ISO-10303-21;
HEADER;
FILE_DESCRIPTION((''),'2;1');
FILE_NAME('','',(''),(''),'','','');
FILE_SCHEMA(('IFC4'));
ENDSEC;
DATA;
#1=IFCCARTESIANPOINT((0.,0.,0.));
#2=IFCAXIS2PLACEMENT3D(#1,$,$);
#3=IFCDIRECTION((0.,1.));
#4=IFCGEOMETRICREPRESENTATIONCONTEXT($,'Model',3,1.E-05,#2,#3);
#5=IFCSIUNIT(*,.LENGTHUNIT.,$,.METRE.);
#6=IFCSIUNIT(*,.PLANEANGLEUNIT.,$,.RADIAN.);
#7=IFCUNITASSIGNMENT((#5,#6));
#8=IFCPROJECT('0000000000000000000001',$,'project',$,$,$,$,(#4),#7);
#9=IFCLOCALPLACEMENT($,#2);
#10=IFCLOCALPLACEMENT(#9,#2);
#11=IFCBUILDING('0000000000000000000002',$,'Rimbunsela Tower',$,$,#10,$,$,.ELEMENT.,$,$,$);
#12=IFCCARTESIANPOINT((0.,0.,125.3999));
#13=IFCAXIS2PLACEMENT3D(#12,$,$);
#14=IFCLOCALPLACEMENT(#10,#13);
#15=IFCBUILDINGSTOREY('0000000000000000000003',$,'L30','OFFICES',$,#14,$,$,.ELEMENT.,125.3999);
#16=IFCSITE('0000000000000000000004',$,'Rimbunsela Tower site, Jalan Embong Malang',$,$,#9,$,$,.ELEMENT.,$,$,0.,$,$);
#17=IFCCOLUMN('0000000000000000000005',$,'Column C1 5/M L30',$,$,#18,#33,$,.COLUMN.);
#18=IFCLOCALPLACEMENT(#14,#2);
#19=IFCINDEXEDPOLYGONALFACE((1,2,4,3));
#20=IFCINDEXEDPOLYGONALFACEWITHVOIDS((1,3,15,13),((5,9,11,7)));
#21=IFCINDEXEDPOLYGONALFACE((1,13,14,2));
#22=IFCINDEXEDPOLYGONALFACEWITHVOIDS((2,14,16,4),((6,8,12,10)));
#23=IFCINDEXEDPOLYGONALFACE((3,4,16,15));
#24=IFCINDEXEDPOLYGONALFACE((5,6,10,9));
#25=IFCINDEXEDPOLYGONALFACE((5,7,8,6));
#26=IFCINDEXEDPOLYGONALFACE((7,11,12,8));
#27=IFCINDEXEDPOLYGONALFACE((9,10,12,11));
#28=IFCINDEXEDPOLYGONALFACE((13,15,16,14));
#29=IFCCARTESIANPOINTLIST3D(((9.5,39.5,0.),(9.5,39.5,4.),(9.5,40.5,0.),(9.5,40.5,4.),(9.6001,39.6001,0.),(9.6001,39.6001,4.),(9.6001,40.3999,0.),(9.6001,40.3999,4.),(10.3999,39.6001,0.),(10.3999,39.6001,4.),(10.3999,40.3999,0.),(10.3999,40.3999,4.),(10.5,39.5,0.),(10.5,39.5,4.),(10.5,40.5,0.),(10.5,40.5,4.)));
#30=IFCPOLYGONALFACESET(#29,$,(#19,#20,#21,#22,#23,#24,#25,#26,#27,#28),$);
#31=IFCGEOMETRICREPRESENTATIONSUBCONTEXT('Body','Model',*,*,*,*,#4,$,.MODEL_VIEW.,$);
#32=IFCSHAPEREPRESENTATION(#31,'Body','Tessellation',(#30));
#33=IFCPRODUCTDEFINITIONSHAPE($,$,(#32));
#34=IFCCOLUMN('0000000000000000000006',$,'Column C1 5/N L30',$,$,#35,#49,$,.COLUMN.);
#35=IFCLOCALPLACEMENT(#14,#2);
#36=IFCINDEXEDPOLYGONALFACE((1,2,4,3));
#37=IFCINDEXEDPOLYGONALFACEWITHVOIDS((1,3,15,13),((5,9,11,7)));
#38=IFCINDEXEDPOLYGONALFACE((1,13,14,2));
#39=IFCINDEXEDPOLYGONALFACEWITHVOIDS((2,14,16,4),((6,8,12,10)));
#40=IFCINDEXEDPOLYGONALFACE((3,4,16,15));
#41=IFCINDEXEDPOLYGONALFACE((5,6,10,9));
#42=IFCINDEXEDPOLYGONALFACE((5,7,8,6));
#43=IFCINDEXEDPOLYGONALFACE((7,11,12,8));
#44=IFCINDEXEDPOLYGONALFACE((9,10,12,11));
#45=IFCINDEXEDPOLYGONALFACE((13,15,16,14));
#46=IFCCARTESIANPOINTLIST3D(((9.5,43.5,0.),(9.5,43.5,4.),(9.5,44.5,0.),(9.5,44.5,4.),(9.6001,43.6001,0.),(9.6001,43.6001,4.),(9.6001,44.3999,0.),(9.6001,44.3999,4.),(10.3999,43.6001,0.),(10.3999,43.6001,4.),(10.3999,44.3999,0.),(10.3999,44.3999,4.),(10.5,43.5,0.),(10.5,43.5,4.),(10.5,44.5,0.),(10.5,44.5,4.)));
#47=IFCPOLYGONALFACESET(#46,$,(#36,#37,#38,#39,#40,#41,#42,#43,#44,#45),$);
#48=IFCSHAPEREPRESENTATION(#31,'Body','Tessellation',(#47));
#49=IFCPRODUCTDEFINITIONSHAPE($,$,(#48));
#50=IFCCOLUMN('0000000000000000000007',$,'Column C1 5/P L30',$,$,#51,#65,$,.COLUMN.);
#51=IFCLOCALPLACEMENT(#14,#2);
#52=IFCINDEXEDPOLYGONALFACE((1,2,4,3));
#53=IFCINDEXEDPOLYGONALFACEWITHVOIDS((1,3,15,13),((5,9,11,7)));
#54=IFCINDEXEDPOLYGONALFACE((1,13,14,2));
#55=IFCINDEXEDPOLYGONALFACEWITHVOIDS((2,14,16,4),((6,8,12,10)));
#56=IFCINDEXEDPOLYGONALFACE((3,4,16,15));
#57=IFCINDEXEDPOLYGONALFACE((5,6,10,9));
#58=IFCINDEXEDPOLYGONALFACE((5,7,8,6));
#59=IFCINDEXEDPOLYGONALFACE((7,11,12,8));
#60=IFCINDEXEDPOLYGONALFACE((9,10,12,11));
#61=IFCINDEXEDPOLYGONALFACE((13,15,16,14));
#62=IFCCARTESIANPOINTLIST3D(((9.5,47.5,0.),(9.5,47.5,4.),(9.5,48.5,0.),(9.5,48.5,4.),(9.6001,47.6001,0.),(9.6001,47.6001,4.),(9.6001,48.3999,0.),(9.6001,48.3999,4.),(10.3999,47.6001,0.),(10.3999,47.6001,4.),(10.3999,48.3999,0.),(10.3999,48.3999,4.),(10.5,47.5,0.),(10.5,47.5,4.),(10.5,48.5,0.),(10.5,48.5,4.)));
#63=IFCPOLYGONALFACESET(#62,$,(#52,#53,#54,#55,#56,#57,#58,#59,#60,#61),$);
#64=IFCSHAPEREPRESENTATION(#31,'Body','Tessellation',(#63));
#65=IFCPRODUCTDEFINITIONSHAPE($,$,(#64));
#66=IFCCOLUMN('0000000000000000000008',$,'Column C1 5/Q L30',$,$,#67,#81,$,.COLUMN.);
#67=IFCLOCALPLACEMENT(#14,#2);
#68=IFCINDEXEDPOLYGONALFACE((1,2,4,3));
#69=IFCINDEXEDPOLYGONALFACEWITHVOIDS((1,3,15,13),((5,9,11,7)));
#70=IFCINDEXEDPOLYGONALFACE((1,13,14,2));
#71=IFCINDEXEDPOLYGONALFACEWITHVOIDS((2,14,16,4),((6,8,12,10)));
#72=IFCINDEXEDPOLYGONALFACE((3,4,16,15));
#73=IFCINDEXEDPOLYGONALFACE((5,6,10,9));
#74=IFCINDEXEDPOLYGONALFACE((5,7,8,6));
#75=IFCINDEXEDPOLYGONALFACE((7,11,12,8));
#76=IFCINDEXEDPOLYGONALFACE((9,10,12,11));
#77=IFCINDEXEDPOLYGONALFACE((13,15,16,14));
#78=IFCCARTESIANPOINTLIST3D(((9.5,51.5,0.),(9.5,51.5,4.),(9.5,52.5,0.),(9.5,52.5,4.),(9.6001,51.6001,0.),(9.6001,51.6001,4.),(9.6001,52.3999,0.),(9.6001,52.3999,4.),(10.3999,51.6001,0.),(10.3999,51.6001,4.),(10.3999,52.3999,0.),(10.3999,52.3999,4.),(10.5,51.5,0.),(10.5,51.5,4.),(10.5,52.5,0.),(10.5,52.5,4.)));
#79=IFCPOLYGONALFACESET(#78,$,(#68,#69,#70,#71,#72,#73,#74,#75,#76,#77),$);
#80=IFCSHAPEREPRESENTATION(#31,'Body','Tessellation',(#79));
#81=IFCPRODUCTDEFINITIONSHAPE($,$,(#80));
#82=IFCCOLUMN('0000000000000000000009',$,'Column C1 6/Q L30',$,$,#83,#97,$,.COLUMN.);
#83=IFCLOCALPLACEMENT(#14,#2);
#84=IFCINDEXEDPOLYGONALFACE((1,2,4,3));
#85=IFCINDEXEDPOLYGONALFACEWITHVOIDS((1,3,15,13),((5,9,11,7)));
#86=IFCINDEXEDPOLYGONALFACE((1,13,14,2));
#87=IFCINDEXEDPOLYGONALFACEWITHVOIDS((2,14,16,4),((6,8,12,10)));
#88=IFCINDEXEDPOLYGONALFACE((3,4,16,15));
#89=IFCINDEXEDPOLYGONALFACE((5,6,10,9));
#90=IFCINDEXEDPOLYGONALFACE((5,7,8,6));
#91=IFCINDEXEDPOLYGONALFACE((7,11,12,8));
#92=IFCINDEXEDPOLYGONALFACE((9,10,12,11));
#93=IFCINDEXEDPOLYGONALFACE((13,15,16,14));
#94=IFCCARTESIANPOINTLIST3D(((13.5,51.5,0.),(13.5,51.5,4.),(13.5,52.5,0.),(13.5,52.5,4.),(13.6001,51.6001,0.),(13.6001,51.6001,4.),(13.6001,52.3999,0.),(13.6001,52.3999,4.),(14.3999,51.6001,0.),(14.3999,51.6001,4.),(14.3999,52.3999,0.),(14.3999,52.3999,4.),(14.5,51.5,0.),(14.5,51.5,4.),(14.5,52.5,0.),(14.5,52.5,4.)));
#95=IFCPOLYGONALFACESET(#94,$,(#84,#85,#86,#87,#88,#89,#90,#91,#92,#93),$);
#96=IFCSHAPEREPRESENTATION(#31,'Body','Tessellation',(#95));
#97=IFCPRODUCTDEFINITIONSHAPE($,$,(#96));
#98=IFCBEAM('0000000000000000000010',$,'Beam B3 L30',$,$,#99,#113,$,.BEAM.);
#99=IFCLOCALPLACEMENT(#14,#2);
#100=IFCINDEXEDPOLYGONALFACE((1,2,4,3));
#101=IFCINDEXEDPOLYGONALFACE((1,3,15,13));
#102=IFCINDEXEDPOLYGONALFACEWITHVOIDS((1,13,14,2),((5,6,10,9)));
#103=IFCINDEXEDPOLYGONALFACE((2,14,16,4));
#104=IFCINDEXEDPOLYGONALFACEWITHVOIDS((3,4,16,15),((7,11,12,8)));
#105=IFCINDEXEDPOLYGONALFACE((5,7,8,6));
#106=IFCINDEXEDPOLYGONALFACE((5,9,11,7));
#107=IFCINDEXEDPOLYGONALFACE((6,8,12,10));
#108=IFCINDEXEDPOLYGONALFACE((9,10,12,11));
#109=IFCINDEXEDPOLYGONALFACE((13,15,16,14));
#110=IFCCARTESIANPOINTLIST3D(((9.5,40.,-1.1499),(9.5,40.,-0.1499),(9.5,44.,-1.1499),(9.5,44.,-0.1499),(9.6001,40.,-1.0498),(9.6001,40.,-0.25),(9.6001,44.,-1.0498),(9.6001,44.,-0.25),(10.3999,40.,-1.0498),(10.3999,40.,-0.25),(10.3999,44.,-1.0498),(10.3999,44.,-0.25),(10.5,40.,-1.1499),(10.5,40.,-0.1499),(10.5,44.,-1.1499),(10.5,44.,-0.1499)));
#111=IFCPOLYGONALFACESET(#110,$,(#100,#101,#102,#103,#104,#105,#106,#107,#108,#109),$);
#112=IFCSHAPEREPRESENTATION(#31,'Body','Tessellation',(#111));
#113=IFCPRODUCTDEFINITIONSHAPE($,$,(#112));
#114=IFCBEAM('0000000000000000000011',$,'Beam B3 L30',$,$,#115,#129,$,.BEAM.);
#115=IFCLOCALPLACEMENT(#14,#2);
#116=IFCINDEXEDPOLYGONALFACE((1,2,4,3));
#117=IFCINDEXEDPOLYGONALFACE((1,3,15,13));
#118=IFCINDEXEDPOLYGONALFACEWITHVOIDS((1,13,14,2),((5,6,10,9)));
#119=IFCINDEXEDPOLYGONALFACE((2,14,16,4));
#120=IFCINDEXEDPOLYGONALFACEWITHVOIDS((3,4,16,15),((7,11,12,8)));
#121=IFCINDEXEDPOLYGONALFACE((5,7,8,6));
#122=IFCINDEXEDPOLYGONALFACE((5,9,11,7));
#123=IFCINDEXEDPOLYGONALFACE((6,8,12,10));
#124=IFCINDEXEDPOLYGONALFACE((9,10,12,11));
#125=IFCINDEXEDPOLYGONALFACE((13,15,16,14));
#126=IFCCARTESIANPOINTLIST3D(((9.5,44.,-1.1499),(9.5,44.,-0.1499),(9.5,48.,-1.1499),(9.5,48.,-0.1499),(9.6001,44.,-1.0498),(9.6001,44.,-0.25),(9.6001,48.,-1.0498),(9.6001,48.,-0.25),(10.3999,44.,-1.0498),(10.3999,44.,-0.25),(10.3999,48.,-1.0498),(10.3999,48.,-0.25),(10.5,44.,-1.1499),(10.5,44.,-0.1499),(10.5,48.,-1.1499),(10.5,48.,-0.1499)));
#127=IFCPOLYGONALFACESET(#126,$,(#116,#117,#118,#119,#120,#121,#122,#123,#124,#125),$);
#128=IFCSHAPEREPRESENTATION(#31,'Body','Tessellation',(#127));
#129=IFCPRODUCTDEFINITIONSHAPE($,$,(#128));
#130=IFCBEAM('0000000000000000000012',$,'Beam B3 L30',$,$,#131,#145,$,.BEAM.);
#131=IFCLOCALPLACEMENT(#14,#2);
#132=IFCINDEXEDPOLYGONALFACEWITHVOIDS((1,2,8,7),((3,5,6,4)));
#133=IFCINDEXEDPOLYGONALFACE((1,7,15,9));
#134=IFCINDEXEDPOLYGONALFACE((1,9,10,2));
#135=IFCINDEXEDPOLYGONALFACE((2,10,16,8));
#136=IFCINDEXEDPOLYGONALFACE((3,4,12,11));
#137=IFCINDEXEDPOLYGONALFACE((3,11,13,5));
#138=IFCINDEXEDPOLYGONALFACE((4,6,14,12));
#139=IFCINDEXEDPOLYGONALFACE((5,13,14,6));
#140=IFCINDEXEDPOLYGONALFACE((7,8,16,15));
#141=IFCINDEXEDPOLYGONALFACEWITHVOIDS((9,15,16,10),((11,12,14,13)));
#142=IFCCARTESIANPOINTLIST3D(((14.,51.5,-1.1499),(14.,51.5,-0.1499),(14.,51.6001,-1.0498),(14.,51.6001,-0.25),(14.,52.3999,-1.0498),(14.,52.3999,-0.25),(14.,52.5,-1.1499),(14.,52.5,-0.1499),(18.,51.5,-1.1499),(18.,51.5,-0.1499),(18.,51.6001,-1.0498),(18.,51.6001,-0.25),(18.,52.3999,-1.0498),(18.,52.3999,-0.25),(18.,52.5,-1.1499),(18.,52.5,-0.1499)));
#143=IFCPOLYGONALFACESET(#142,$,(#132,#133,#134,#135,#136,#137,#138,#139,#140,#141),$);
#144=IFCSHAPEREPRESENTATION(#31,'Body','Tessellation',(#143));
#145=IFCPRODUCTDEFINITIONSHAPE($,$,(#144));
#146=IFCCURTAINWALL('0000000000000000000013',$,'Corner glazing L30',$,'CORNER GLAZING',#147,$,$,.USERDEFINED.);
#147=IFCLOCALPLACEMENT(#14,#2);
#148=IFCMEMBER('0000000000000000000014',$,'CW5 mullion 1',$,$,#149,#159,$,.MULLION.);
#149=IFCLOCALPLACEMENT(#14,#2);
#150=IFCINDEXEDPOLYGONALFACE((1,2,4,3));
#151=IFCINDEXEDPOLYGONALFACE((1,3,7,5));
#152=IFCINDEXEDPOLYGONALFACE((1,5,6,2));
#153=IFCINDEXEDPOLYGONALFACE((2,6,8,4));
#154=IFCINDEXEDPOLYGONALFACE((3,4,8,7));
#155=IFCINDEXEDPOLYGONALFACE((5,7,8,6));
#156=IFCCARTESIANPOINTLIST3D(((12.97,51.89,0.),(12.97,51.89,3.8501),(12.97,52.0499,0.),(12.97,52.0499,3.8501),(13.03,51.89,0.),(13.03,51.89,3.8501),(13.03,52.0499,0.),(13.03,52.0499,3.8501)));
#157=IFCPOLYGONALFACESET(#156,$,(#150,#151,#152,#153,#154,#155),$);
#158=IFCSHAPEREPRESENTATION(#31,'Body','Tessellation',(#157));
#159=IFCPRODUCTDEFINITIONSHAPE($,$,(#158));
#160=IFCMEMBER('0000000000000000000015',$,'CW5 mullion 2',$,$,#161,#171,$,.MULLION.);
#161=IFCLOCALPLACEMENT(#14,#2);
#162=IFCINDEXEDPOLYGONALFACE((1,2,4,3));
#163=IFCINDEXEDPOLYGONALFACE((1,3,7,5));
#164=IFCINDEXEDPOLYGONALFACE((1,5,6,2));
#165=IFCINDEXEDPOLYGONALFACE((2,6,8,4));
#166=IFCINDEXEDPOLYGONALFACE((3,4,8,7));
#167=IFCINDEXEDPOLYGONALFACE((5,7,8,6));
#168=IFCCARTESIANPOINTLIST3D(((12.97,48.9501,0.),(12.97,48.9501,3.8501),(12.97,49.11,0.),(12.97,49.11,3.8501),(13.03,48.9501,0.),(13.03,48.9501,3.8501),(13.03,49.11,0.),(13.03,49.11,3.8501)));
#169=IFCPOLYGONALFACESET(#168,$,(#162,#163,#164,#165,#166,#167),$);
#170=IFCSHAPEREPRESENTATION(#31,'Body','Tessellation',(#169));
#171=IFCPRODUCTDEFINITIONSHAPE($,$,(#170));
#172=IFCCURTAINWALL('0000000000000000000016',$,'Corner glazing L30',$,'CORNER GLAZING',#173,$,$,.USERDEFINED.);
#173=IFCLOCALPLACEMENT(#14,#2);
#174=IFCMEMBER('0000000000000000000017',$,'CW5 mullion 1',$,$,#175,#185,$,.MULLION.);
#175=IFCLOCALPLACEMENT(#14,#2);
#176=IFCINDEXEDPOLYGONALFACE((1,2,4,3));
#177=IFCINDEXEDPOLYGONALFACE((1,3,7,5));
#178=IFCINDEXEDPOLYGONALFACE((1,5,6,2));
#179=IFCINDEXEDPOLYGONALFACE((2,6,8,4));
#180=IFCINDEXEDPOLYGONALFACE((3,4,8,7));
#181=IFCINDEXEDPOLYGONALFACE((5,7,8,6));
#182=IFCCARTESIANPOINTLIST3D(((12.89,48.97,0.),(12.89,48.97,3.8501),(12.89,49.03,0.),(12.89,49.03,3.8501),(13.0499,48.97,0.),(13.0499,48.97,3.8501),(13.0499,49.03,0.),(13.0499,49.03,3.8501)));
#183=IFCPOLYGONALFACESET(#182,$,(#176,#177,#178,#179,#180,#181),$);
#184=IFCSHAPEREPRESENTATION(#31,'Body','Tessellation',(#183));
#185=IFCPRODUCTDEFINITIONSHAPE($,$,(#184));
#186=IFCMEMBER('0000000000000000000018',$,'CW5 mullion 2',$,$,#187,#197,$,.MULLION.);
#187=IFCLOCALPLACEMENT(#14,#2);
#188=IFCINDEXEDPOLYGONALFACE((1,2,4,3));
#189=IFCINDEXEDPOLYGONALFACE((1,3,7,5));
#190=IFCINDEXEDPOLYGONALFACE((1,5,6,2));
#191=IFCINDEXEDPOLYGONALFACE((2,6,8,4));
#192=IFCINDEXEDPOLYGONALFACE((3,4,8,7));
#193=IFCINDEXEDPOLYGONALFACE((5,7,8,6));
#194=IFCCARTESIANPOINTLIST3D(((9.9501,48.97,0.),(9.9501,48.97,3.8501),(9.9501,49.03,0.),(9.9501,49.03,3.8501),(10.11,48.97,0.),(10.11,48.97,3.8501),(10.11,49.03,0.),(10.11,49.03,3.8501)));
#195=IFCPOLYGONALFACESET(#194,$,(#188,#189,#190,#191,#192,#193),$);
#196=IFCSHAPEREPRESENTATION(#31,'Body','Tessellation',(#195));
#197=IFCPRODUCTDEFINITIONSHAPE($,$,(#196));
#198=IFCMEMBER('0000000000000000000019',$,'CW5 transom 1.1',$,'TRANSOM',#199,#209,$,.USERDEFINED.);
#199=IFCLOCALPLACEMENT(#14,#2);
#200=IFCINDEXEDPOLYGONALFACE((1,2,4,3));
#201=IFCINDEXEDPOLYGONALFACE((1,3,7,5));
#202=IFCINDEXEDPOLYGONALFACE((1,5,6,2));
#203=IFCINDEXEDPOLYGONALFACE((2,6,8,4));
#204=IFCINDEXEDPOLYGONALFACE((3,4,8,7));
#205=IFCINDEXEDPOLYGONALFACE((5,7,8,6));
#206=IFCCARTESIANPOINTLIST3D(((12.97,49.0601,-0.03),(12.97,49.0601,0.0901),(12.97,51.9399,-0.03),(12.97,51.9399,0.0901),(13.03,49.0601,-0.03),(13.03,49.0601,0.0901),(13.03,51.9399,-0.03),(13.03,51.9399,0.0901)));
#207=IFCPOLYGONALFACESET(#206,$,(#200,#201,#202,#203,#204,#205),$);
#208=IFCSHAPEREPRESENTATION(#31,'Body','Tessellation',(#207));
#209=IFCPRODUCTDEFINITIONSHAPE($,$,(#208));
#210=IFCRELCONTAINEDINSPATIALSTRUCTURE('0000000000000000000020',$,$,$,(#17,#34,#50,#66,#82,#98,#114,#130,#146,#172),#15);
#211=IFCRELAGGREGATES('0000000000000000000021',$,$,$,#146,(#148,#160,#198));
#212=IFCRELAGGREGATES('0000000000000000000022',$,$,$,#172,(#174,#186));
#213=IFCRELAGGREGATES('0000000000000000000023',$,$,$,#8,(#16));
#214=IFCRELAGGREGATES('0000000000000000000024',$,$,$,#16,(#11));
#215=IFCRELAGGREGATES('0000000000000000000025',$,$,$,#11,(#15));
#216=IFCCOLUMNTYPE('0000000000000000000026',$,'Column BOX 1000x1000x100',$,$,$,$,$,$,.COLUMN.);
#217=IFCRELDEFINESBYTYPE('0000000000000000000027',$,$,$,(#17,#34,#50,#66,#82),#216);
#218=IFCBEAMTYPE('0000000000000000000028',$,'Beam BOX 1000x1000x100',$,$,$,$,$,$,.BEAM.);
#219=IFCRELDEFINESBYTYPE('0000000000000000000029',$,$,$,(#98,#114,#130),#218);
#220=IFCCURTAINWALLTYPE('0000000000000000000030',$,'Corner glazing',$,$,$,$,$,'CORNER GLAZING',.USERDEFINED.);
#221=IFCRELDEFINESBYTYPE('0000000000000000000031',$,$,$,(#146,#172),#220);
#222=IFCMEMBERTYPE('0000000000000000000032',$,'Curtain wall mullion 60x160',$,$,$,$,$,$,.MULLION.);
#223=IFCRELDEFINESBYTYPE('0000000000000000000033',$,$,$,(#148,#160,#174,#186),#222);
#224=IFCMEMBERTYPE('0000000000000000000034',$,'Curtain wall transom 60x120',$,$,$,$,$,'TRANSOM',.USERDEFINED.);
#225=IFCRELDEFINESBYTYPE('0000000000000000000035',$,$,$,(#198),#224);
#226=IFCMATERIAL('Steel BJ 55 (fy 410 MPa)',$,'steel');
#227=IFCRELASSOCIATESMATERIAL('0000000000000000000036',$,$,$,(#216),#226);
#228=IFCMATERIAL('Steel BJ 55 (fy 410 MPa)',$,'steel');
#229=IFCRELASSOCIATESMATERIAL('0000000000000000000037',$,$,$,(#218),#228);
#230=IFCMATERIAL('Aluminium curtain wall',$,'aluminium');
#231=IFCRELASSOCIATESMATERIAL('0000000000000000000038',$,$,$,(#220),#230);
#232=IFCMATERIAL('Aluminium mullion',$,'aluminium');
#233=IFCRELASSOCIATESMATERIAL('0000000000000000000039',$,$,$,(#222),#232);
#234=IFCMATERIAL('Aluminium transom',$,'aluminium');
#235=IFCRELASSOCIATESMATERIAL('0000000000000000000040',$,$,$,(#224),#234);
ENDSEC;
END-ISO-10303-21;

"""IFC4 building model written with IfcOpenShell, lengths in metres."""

from ifc_helpers import new_model, si_unit, direction, frame, origin, origin_2d, place, context, subcontext, project, spatial, rectangle, hollow_rectangle, extrude, material, material_profile, profile_set, type_object, element, aggregate, save


model = new_model("IFC4")

# Units and contexts
model_context = context("Model", 3, precision=1e-05, world=origin(), true_north=direction((0.0, 1.0)))
body_context = subcontext(model_context, "Body", "Model", "MODEL_VIEW")
ifc_project = project(units=[si_unit("LENGTHUNIT", "METRE"), si_unit("PLANEANGLEUNIT", "RADIAN")], contexts=[model_context])

# Site, building, storey
site_placement = place(None, origin())
site = spatial("IfcSite", under=ifc_project, at=site_placement, Name="Rimbunsela Tower site, Jalan Embong Malang", CompositionType="ELEMENT", RefElevation=0.0)
building_placement = place(site_placement, origin())
building = spatial("IfcBuilding", under=site, at=building_placement, Name="Rimbunsela Tower", CompositionType="ELEMENT")
storey_placement = place(building_placement, frame((0.0, 0.0, 125.3999)))
storey = spatial("IfcBuildingStorey", under=building, at=storey_placement, Name="L30", Description="OFFICES", CompositionType="ELEMENT", Elevation=125.3999)

# Columns
ifc_material_1 = material(Name="Steel BJ 55 (fy 410 MPa)", Category="steel")
ifc_material_profile_1 = material_profile(ifc_material_1, hollow_rectangle(XDim=1.0, YDim=1.0, WallThickness=0.1001, at=origin_2d()), Name="BOX 1000x1000x100")
ifc_profile_set_1 = profile_set([ifc_material_profile_1], Name="Steel BJ 55 (fy 410 MPa)")
column_type = type_object("IfcColumnType", Name="Column BOX 1000x1000x100", PredefinedType="COLUMN", material=ifc_profile_set_1)
for number, where, z_axis, x_axis, name in (
    (1, (10.0, 40.0, 0.0), (0.0, 0.0, 1.0), (1.0, 0.0, 0.0), "Column C1 5/M L30"),
    (2, (10.0, 44.0, 0.0), (0.0, 0.0, 1.0), (1.0, 0.0, 0.0), "Column C1 5/N L30"),
    (3, (10.0, 48.0, 0.0), (0.0, 0.0, 1.0), (1.0, 0.0, 0.0), "Column C1 5/P L30"),
    (4, (10.0, 52.0, 0.0), (0.0, 0.0, 1.0), (1.0, 0.0, 0.0), "Column C1 5/Q L30"),
    (5, (14.0, 52.0, 0.0), (0.0, 0.0, 1.0), (1.0, 0.0, 0.0), "Column C1 6/Q L30"),
):
    element("IfcColumn", number, at=place(storey_placement, frame(where, z_axis=z_axis, x_axis=x_axis)), inside=storey, type_object=column_type, Name=name, PredefinedType="COLUMN", context=body_context, shape_type="SweptSolid", body=[
        extrude(hollow_rectangle(XDim=1.0, YDim=1.0, WallThickness=0.1001, at=origin_2d()), origin(), (0.0, 0.0, 1.0), 4.0),
    ])

# Beams
ifc_material_2 = material(Name="Steel BJ 55 (fy 410 MPa)", Category="steel")
ifc_material_profile_2 = material_profile(ifc_material_2, hollow_rectangle(XDim=1.0, YDim=1.0, WallThickness=0.1001, at=origin_2d()), Name="BOX 1000x1000x100")
ifc_profile_set_2 = profile_set([ifc_material_profile_2], Name="Steel BJ 55 (fy 410 MPa)")
beam_type = type_object("IfcBeamType", Name="Beam BOX 1000x1000x100", PredefinedType="BEAM", material=ifc_profile_set_2)
for number, where, z_axis, x_axis, name in (
    (6, (10.0, 40.0, -0.6499), (0.0, 1.0, 0.0), (-1.0, 0.0, 0.0), "Beam B3 L30"),
    (7, (10.0, 44.0, -0.6499), (0.0, 1.0, 0.0), (-1.0, 0.0, 0.0), "Beam B3 L30"),
    (8, (14.0, 52.0, -0.6499), (1.0, 0.0, 0.0), (0.0, 1.0, 0.0), "Beam B3 L30"),
):
    element("IfcBeam", number, at=place(storey_placement, frame(where, z_axis=z_axis, x_axis=x_axis)), inside=storey, type_object=beam_type, Name=name, PredefinedType="BEAM", context=body_context, shape_type="SweptSolid", body=[
        extrude(hollow_rectangle(XDim=1.0, YDim=1.0, WallThickness=0.1001, at=origin_2d()), origin(), (0.0, 0.0, 1.0), 4.0),
    ])

# Curtain walls, members
ifc_material_3 = material(Name="Aluminium curtain wall", Category="aluminium")
curtain_wall_type = type_object("IfcCurtainWallType", Name="Corner glazing", ElementType="CORNER GLAZING", PredefinedType="USERDEFINED", material=ifc_material_3)
curtain_wall_1_placement = place(storey_placement, origin())
curtain_wall_1 = element("IfcCurtainWall", 9, at=curtain_wall_1_placement, inside=storey, type_object=curtain_wall_type, Name="Corner glazing L30", ObjectType="CORNER GLAZING", PredefinedType="USERDEFINED")
ifc_material_4 = material(Name="Aluminium mullion", Category="aluminium")
ifc_material_profile_3 = material_profile(ifc_material_4, rectangle(XDim=0.0601, YDim=0.1599, at=origin_2d()), Name="Mullion 60x160")
ifc_profile_set_3 = profile_set([ifc_material_profile_3], Name="Aluminium mullion")
member_type_1 = type_object("IfcMemberType", Name="Curtain wall mullion 60x160", PredefinedType="MULLION", material=ifc_profile_set_3)
member_1_placement = place(storey_placement, frame((13.0, 51.97, 0.0), z_axis=(0.0, 0.0, 1.0), x_axis=(1.0, 0.0, 0.0)))
member_1 = element("IfcMember", 10, at=member_1_placement, type_object=member_type_1, Name="CW5 mullion 1", PredefinedType="MULLION", context=body_context, shape_type="SweptSolid", body=[
    extrude(rectangle(XDim=0.0601, YDim=0.1599, at=origin_2d()), origin(), (0.0, 0.0, 1.0), 3.8501),
])
member_2_placement = place(storey_placement, frame((13.0, 49.03, 0.0), z_axis=(0.0, 0.0, 1.0), x_axis=(1.0, 0.0, 0.0)))
member_2 = element("IfcMember", 11, at=member_2_placement, type_object=member_type_1, Name="CW5 mullion 2", PredefinedType="MULLION", context=body_context, shape_type="SweptSolid", body=[
    extrude(rectangle(XDim=0.0601, YDim=0.1599, at=origin_2d()), origin(), (0.0, 0.0, 1.0), 3.8501),
])
curtain_wall_2_placement = place(storey_placement, origin())
curtain_wall_2 = element("IfcCurtainWall", 12, at=curtain_wall_2_placement, inside=storey, type_object=curtain_wall_type, Name="Corner glazing L30", ObjectType="CORNER GLAZING", PredefinedType="USERDEFINED")
member_3_placement = place(storey_placement, frame((12.97, 49.0, 0.0), z_axis=(0.0, 0.0, 1.0), x_axis=(0.0, -1.0, 0.0)))
member_3 = element("IfcMember", 13, at=member_3_placement, type_object=member_type_1, Name="CW5 mullion 1", PredefinedType="MULLION", context=body_context, shape_type="SweptSolid", body=[
    extrude(rectangle(XDim=0.0601, YDim=0.1599, at=origin_2d()), origin(), (0.0, 0.0, 1.0), 3.8501),
])
member_4_placement = place(storey_placement, frame((10.03, 49.0, 0.0), z_axis=(0.0, 0.0, 1.0), x_axis=(0.0, -1.0, 0.0)))
member_4 = element("IfcMember", 14, at=member_4_placement, type_object=member_type_1, Name="CW5 mullion 2", PredefinedType="MULLION", context=body_context, shape_type="SweptSolid", body=[
    extrude(rectangle(XDim=0.0601, YDim=0.1599, at=origin_2d()), origin(), (0.0, 0.0, 1.0), 3.8501),
])

# Member
ifc_material_5 = material(Name="Aluminium transom", Category="aluminium")
ifc_material_profile_4 = material_profile(ifc_material_5, rectangle(XDim=0.0601, YDim=0.1201, at=origin_2d()), Name="Transom 60x120")
ifc_profile_set_4 = profile_set([ifc_material_profile_4], Name="Aluminium transom")
member_type_2 = type_object("IfcMemberType", Name="Curtain wall transom 60x120", ElementType="TRANSOM", PredefinedType="USERDEFINED", material=ifc_profile_set_4)
member_5_placement = place(storey_placement, frame((13.0, 51.9399, 0.03), z_axis=(0.0, -1.0, 0.0), x_axis=(1.0, 0.0, 0.0)))
member_5 = element("IfcMember", 15, at=member_5_placement, type_object=member_type_2, Name="CW5 transom 1.1", ObjectType="TRANSOM", PredefinedType="USERDEFINED", context=body_context, shape_type="SweptSolid", body=[
    extrude(rectangle(XDim=0.0601, YDim=0.1201, at=origin_2d()), origin(), (0.0, 0.0, 1.0), 2.8799),
])

aggregate(curtain_wall_1, [member_1, member_2, member_5])
aggregate(curtain_wall_2, [member_3, member_4])

save(model, "model.ifc")
